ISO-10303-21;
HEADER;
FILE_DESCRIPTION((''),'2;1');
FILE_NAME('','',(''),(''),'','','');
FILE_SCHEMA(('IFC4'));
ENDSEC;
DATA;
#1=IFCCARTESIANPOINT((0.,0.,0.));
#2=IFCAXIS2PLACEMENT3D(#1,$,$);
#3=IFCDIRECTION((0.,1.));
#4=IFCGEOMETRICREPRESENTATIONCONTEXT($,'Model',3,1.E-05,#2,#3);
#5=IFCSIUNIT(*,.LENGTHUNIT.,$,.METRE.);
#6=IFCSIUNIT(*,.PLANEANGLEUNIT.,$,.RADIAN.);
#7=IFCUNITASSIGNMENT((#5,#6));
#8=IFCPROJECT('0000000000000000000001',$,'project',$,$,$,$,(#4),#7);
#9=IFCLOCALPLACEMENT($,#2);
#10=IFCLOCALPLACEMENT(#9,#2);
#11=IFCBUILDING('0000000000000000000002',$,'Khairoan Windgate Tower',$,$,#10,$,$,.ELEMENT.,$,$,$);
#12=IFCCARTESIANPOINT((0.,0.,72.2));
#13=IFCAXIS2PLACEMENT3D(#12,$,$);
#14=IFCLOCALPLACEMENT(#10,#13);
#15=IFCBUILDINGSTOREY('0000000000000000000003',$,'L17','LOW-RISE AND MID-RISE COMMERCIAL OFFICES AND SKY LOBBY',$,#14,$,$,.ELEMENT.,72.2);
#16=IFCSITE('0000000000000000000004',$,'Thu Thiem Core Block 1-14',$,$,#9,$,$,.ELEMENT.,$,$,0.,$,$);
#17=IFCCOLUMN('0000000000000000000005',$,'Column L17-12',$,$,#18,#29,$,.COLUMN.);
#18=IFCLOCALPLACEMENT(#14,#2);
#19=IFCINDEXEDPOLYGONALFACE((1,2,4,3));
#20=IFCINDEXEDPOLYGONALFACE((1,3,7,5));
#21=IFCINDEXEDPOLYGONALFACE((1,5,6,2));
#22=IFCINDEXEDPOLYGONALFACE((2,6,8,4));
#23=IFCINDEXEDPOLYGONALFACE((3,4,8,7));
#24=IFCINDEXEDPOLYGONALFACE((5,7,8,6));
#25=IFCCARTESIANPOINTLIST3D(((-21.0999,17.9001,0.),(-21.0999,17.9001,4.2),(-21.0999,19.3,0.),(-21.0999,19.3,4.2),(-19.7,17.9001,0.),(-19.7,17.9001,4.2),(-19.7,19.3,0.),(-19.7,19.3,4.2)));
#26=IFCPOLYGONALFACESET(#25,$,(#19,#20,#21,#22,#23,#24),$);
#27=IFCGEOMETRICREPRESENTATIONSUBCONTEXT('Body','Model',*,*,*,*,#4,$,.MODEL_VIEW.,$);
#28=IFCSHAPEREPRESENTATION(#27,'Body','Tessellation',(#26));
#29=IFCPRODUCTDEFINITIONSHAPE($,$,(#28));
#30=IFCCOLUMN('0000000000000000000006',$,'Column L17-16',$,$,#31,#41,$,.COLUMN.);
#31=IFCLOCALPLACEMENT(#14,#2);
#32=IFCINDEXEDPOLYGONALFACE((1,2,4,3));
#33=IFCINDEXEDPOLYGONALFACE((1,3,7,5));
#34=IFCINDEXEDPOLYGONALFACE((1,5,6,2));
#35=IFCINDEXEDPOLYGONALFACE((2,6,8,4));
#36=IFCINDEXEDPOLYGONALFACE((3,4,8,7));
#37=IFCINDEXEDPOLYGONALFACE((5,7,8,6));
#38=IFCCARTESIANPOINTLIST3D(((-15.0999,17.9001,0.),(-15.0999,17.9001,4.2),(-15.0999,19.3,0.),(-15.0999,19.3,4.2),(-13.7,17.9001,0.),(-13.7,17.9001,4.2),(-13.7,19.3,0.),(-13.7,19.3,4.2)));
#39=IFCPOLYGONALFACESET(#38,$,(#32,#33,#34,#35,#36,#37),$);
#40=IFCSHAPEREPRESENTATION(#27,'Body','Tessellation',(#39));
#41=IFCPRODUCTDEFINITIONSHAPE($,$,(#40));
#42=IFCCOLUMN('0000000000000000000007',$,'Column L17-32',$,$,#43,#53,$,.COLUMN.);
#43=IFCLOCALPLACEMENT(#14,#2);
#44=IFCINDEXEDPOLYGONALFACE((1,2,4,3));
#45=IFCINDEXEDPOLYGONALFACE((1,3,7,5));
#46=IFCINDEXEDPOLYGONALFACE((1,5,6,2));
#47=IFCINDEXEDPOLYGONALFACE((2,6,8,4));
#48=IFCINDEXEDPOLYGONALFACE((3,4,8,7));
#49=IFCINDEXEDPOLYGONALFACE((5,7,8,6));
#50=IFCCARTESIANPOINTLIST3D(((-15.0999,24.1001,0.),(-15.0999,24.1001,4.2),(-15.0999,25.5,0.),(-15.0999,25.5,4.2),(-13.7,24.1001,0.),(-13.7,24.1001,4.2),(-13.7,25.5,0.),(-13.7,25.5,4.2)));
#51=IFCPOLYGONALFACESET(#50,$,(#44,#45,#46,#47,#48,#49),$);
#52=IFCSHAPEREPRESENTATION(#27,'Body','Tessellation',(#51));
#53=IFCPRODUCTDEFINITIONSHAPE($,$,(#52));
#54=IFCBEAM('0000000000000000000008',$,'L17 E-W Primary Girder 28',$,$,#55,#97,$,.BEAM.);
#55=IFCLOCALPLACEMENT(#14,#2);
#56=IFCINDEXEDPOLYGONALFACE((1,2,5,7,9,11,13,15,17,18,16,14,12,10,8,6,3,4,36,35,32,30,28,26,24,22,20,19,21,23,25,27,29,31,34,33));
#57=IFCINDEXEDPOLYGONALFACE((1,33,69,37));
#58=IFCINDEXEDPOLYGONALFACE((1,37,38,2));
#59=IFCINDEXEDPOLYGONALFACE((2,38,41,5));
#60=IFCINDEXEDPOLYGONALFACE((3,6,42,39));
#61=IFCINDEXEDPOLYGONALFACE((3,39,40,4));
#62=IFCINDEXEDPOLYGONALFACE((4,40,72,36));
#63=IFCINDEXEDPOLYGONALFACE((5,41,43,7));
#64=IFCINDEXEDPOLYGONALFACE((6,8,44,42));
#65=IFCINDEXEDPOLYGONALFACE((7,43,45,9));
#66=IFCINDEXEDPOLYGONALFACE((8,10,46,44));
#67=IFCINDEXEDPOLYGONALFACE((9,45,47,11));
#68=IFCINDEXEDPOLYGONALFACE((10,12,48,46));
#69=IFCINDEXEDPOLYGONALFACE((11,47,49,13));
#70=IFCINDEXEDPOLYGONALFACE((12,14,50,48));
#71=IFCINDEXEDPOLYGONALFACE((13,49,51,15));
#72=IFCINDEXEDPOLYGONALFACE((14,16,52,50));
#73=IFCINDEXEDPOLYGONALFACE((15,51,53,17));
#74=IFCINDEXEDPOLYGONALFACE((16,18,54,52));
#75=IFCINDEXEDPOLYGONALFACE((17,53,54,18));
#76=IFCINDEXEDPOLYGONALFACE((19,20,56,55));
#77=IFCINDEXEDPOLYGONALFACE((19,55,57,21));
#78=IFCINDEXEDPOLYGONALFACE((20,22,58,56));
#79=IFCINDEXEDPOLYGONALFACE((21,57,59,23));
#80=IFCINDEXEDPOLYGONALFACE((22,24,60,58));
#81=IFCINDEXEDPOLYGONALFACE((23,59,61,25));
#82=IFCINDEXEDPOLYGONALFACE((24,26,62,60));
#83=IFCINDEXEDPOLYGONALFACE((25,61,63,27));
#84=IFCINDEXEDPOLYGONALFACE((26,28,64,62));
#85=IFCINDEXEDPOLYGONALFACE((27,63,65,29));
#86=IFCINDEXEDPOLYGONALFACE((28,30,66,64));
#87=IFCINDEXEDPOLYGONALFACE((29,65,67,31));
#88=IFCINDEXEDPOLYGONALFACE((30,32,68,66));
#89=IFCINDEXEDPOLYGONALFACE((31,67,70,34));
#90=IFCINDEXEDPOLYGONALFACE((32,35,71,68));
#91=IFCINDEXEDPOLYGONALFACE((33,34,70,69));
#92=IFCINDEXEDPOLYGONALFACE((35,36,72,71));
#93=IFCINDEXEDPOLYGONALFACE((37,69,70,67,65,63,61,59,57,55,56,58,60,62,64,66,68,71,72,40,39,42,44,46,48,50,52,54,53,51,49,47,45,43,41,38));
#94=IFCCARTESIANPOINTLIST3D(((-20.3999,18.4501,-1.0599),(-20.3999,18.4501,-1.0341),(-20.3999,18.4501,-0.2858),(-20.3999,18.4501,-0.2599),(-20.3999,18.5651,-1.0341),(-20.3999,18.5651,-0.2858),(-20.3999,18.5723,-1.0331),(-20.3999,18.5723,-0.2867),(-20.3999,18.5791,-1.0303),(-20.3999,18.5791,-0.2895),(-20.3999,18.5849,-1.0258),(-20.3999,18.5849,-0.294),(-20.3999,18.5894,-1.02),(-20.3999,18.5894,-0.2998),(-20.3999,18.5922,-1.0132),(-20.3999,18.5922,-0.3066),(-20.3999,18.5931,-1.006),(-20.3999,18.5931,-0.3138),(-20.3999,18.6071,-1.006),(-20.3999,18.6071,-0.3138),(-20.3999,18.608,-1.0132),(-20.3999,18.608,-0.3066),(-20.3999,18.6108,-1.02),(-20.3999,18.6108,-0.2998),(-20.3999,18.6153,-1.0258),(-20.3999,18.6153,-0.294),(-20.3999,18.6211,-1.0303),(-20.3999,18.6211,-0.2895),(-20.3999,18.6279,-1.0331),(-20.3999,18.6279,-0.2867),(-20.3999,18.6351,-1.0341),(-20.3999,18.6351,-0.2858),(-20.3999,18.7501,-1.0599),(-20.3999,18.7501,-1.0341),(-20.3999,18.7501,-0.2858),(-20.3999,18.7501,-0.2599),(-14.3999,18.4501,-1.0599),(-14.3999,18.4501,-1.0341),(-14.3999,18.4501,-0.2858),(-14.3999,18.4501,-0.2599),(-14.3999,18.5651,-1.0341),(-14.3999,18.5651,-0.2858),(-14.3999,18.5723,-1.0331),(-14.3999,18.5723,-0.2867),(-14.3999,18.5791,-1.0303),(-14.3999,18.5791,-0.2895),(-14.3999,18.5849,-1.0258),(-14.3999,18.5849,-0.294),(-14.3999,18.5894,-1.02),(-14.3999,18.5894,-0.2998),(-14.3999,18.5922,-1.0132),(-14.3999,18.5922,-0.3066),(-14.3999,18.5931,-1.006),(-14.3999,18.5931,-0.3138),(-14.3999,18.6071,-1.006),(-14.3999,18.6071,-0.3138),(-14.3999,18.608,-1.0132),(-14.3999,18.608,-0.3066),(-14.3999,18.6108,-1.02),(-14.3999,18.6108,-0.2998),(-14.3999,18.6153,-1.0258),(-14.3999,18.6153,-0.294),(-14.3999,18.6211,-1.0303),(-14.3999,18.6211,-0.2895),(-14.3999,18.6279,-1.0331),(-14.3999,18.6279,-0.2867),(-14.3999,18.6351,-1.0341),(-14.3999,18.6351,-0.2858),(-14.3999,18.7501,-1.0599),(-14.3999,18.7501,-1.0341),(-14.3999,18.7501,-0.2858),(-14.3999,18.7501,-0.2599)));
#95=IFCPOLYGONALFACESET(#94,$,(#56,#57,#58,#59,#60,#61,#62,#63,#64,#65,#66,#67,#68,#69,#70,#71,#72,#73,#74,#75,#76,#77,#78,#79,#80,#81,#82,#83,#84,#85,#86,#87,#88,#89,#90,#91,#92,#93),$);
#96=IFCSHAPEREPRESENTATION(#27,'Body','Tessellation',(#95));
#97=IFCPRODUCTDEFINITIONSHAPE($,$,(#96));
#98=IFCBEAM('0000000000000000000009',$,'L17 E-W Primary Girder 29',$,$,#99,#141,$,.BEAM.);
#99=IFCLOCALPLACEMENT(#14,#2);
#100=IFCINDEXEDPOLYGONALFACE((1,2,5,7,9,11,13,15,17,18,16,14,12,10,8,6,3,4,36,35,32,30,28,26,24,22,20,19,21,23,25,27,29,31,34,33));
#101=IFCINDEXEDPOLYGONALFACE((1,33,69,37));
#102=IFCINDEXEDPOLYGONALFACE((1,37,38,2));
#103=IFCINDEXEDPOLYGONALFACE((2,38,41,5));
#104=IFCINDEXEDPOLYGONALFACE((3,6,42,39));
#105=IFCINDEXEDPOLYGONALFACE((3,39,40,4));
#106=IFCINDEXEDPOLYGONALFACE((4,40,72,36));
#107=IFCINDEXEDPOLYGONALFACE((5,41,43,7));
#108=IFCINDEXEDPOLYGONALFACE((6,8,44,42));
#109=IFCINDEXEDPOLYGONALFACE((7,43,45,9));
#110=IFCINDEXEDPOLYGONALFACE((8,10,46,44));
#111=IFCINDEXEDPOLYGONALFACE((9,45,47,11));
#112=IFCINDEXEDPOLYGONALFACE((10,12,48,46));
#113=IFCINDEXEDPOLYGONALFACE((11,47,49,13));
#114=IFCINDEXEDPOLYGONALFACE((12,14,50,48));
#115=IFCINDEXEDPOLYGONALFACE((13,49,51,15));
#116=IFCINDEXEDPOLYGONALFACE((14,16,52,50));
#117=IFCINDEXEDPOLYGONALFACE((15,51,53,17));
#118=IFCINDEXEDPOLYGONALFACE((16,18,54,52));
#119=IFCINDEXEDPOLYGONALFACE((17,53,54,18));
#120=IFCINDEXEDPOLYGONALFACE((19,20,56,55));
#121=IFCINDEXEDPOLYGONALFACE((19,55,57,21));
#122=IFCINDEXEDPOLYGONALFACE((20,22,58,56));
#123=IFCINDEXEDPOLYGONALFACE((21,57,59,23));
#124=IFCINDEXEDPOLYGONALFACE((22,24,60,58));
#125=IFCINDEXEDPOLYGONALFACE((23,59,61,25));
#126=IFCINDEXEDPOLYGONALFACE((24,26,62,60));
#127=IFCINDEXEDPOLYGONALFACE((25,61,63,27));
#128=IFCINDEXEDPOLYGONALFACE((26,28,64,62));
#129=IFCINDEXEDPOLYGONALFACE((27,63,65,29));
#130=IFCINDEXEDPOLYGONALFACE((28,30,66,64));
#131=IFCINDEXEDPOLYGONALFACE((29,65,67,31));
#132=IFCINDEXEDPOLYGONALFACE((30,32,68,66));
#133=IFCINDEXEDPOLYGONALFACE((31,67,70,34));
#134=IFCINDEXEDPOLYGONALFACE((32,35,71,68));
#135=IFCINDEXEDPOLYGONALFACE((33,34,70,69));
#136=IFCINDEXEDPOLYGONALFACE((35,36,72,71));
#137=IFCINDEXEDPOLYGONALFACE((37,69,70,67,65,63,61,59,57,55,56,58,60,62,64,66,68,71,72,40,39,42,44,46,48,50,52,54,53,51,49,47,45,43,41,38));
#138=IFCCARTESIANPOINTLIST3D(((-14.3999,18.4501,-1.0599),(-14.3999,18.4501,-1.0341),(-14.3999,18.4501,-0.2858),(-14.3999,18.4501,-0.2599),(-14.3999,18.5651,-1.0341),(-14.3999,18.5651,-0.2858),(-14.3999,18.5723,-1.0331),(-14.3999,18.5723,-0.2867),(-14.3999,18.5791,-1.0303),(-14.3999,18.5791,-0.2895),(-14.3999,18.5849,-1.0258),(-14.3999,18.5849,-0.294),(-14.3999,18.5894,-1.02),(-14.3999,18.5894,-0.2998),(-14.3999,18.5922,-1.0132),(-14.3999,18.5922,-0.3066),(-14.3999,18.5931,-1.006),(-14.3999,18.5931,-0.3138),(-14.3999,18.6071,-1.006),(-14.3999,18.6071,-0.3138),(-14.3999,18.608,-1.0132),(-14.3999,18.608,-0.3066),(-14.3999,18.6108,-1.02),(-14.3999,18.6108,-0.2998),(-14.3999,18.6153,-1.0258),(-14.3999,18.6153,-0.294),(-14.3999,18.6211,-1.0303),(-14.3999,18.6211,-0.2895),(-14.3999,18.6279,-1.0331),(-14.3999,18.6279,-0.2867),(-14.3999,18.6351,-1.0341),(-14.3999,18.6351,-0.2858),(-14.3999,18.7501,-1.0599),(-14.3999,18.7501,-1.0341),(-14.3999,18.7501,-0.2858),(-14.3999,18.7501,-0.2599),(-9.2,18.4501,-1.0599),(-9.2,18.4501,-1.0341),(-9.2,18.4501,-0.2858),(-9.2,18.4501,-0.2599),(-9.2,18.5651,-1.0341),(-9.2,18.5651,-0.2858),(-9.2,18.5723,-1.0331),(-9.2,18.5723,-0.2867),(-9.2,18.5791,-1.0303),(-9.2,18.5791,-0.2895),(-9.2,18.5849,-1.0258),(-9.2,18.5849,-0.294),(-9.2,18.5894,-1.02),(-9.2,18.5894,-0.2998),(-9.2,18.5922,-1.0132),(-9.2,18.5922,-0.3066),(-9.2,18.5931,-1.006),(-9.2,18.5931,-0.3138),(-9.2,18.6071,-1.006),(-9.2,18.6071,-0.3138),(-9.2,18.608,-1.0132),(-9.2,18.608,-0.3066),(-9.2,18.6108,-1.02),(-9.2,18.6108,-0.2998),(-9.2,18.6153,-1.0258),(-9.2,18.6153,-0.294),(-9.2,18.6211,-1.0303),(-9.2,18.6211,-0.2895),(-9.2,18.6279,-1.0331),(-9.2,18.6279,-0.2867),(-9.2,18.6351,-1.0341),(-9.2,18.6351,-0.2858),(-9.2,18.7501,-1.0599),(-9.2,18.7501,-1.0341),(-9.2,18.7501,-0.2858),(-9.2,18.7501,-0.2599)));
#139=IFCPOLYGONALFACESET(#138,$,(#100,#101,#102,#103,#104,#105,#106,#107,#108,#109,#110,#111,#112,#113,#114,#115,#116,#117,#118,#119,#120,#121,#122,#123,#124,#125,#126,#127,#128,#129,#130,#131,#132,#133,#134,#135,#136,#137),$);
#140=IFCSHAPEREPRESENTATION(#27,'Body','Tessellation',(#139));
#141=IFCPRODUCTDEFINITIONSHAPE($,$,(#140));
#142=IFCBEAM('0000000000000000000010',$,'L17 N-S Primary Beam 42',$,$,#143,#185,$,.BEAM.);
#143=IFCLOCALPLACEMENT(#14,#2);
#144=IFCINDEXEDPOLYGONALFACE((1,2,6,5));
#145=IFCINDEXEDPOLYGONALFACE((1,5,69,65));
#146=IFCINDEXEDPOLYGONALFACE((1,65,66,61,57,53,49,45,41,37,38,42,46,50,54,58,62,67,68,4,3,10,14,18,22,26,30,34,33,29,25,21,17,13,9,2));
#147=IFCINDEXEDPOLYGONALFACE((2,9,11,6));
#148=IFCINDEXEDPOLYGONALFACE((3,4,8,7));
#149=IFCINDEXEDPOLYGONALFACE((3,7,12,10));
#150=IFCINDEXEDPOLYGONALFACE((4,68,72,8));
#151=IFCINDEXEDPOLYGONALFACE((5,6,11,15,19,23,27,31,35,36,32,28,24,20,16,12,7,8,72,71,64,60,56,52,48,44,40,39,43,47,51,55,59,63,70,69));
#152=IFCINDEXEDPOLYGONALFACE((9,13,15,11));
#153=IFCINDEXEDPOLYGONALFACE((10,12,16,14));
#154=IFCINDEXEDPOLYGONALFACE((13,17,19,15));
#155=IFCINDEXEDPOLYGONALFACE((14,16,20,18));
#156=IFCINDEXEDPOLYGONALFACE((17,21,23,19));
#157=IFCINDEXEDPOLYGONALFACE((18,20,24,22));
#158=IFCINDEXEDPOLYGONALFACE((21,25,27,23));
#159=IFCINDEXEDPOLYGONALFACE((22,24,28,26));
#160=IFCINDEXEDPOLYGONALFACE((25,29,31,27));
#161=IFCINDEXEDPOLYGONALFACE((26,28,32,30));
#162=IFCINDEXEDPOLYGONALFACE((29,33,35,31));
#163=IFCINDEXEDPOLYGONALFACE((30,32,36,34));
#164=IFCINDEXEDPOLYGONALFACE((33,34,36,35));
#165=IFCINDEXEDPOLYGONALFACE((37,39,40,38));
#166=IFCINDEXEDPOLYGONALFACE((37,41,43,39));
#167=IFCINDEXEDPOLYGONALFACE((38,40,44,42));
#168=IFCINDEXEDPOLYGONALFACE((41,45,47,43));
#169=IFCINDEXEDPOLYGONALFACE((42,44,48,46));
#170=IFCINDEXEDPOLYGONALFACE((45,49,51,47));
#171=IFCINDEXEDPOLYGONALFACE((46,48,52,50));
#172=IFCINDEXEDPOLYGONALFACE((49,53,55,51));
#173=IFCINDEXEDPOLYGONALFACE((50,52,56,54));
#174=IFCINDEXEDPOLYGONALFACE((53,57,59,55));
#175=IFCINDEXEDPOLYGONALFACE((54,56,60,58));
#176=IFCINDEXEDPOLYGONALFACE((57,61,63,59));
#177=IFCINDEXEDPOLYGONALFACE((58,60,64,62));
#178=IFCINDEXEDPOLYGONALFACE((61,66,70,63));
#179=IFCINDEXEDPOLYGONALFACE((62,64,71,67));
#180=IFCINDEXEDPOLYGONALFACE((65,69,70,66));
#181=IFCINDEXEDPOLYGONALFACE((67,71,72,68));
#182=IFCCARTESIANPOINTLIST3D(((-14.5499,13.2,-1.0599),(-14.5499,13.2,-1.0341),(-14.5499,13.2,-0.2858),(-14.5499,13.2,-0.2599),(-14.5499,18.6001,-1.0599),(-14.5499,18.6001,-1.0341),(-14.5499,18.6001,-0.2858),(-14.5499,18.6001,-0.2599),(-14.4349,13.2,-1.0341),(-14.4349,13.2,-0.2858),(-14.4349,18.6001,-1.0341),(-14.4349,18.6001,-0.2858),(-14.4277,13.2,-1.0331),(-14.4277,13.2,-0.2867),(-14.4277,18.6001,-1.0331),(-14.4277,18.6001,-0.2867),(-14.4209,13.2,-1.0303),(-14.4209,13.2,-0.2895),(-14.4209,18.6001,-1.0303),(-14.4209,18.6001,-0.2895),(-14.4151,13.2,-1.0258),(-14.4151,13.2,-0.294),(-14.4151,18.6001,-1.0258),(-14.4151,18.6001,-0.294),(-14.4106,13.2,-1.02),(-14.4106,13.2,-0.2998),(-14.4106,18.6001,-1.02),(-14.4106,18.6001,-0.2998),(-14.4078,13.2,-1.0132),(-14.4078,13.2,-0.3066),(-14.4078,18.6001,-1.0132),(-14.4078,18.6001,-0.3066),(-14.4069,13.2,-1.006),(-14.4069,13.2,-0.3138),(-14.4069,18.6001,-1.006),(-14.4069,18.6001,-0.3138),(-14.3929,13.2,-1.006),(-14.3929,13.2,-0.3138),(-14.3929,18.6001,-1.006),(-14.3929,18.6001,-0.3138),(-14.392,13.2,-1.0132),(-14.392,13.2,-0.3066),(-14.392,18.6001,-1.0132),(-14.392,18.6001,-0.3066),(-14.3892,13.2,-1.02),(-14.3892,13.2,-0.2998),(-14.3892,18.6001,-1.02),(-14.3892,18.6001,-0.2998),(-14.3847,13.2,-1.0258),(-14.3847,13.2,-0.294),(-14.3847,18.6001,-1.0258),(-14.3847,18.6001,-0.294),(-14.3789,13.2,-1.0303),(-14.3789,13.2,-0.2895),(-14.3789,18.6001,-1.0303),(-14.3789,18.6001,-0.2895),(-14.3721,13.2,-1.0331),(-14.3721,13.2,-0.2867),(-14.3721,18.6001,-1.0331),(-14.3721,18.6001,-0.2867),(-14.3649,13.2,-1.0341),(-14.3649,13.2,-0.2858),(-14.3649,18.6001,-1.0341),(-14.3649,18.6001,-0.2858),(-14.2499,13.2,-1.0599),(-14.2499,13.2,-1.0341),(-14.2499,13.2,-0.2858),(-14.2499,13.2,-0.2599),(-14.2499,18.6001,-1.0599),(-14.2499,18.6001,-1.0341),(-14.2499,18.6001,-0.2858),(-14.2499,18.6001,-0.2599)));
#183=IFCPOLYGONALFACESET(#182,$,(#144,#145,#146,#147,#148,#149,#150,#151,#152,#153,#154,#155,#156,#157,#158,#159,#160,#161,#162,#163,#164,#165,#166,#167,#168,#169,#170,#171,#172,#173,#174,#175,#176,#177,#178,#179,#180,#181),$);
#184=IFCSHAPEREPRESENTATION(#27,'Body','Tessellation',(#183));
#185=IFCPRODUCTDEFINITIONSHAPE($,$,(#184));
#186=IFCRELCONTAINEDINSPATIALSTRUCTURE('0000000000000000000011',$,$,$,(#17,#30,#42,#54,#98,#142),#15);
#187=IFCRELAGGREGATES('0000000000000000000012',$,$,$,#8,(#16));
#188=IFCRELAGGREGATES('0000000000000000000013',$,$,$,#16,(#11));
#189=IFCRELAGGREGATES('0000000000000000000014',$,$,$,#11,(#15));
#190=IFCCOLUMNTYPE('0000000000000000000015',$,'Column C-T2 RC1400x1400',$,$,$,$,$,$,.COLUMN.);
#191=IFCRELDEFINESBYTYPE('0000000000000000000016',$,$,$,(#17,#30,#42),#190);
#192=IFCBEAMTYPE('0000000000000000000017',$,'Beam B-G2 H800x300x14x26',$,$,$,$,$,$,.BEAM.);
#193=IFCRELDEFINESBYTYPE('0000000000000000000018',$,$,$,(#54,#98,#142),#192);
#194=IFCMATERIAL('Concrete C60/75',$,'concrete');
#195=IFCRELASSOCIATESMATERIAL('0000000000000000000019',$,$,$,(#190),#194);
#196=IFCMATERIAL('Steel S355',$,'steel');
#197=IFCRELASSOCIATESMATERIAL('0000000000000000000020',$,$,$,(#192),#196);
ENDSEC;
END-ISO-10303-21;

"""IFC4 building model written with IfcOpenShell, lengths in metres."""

from ifc_helpers import new_model, si_unit, direction, frame, origin, origin_2d, place, context, subcontext, project, spatial, rectangle, i_section, extrude, material, material_profile, profile_set, type_object, element, save


model = new_model("IFC4")

# Units and contexts
model_context = context("Model", 3, precision=1e-05, world=origin(), true_north=direction((0.0, 1.0)))
body_context = subcontext(model_context, "Body", "Model", "MODEL_VIEW")
ifc_project = project(units=[si_unit("LENGTHUNIT", "METRE"), si_unit("PLANEANGLEUNIT", "RADIAN")], contexts=[model_context])

# Site, building, storey
site_placement = place(None, origin())
site = spatial("IfcSite", under=ifc_project, at=site_placement, Name="Thu Thiem Core Block 1-14", CompositionType="ELEMENT", RefElevation=0.0)
building_placement = place(site_placement, origin())
building = spatial("IfcBuilding", under=site, at=building_placement, Name="Khairoan Windgate Tower", CompositionType="ELEMENT")
storey_placement = place(building_placement, frame((0.0, 0.0, 72.2)))
storey = spatial("IfcBuildingStorey", under=building, at=storey_placement, Name="L17", Description="LOW-RISE AND MID-RISE COMMERCIAL OFFICES AND SKY LOBBY", CompositionType="ELEMENT", Elevation=72.2)

# Columns
ifc_material_1 = material(Name="Concrete C60/75", Category="concrete")
ifc_material_profile_1 = material_profile(ifc_material_1, rectangle(XDim=1.3999, YDim=1.3999, at=origin_2d()))
ifc_profile_set_1 = profile_set([ifc_material_profile_1], Name="Concrete C60/75")
column_type = type_object("IfcColumnType", Name="Column C-T2 RC1400x1400", PredefinedType="COLUMN", material=ifc_profile_set_1)
for number, where, z_axis, x_axis, name in (
    (1, (-20.3999, 18.6001, 0.0), (0.0, 0.0, 1.0), (1.0, 0.0, 0.0), "Column L17-12"),
    (2, (-14.3999, 18.6001, 0.0), (0.0, 0.0, 1.0), (1.0, 0.0, 0.0), "Column L17-16"),
    (3, (-14.3999, 24.8, 0.0), (0.0, 0.0, 1.0), (1.0, 0.0, 0.0), "Column L17-32"),
):
    element("IfcColumn", number, at=place(storey_placement, frame(where, z_axis=z_axis, x_axis=x_axis)), inside=storey, type_object=column_type, Name=name, PredefinedType="COLUMN", context=body_context, shape_type="SweptSolid", body=[
        extrude(rectangle(XDim=1.3999, YDim=1.3999, at=origin_2d()), origin(), (0.0, 0.0, 1.0), 4.2),
    ])

# Beams
ifc_material_2 = material(Name="Steel S355", Category="steel")
ifc_material_profile_2 = material_profile(ifc_material_2, i_section(OverallWidth=0.3, OverallDepth=0.8, WebThickness=0.0139, FlangeThickness=0.0259, FilletRadius=0.0281, at=origin_2d()))
ifc_profile_set_2 = profile_set([ifc_material_profile_2], Name="Steel S355")
beam_type_1 = type_object("IfcBeamType", Name="Beam B-G2 H800x300x14x26", PredefinedType="BEAM", material=ifc_profile_set_2)
beam_1_placement = place(storey_placement, frame((-20.3999, 18.6001, -0.6599), z_axis=(1.0, 0.0, 0.0), x_axis=(0.0, 1.0, 0.0)))
element("IfcBeam", 4, at=beam_1_placement, inside=storey, type_object=beam_type_1, Name="L17 E-W Primary Girder 28", PredefinedType="BEAM", context=body_context, shape_type="SweptSolid", body=[
    extrude(i_section(OverallWidth=0.3, OverallDepth=0.8, WebThickness=0.0139, FlangeThickness=0.0259, FilletRadius=0.0281, at=origin_2d()), origin(), (0.0, 0.0, 1.0), 6.0),
])
beam_2_placement = place(storey_placement, frame((-14.3999, 18.6001, -0.6599), z_axis=(1.0, 0.0, 0.0), x_axis=(0.0, 1.0, 0.0)))
element("IfcBeam", 5, at=beam_2_placement, inside=storey, type_object=beam_type_1, Name="L17 E-W Primary Girder 29", PredefinedType="BEAM", context=body_context, shape_type="SweptSolid", body=[
    extrude(i_section(OverallWidth=0.3, OverallDepth=0.8, WebThickness=0.0139, FlangeThickness=0.0259, FilletRadius=0.0281, at=origin_2d()), origin(), (0.0, 0.0, 1.0), 5.2),
])
beam_3_placement = place(storey_placement, frame((-14.3999, 13.2, -0.6599), z_axis=(0.0, 1.0, 0.0), x_axis=(-1.0, 0.0, 0.0)))
element("IfcBeam", 6, at=beam_3_placement, inside=storey, type_object=beam_type_1, Name="L17 N-S Primary Beam 42", PredefinedType="BEAM", context=body_context, shape_type="SweptSolid", body=[
    extrude(i_section(OverallWidth=0.3, OverallDepth=0.8, WebThickness=0.0139, FlangeThickness=0.0259, FilletRadius=0.0281, at=origin_2d()), origin(), (0.0, 0.0, 1.0), 5.4001),
])

save(model, "model.ifc")
